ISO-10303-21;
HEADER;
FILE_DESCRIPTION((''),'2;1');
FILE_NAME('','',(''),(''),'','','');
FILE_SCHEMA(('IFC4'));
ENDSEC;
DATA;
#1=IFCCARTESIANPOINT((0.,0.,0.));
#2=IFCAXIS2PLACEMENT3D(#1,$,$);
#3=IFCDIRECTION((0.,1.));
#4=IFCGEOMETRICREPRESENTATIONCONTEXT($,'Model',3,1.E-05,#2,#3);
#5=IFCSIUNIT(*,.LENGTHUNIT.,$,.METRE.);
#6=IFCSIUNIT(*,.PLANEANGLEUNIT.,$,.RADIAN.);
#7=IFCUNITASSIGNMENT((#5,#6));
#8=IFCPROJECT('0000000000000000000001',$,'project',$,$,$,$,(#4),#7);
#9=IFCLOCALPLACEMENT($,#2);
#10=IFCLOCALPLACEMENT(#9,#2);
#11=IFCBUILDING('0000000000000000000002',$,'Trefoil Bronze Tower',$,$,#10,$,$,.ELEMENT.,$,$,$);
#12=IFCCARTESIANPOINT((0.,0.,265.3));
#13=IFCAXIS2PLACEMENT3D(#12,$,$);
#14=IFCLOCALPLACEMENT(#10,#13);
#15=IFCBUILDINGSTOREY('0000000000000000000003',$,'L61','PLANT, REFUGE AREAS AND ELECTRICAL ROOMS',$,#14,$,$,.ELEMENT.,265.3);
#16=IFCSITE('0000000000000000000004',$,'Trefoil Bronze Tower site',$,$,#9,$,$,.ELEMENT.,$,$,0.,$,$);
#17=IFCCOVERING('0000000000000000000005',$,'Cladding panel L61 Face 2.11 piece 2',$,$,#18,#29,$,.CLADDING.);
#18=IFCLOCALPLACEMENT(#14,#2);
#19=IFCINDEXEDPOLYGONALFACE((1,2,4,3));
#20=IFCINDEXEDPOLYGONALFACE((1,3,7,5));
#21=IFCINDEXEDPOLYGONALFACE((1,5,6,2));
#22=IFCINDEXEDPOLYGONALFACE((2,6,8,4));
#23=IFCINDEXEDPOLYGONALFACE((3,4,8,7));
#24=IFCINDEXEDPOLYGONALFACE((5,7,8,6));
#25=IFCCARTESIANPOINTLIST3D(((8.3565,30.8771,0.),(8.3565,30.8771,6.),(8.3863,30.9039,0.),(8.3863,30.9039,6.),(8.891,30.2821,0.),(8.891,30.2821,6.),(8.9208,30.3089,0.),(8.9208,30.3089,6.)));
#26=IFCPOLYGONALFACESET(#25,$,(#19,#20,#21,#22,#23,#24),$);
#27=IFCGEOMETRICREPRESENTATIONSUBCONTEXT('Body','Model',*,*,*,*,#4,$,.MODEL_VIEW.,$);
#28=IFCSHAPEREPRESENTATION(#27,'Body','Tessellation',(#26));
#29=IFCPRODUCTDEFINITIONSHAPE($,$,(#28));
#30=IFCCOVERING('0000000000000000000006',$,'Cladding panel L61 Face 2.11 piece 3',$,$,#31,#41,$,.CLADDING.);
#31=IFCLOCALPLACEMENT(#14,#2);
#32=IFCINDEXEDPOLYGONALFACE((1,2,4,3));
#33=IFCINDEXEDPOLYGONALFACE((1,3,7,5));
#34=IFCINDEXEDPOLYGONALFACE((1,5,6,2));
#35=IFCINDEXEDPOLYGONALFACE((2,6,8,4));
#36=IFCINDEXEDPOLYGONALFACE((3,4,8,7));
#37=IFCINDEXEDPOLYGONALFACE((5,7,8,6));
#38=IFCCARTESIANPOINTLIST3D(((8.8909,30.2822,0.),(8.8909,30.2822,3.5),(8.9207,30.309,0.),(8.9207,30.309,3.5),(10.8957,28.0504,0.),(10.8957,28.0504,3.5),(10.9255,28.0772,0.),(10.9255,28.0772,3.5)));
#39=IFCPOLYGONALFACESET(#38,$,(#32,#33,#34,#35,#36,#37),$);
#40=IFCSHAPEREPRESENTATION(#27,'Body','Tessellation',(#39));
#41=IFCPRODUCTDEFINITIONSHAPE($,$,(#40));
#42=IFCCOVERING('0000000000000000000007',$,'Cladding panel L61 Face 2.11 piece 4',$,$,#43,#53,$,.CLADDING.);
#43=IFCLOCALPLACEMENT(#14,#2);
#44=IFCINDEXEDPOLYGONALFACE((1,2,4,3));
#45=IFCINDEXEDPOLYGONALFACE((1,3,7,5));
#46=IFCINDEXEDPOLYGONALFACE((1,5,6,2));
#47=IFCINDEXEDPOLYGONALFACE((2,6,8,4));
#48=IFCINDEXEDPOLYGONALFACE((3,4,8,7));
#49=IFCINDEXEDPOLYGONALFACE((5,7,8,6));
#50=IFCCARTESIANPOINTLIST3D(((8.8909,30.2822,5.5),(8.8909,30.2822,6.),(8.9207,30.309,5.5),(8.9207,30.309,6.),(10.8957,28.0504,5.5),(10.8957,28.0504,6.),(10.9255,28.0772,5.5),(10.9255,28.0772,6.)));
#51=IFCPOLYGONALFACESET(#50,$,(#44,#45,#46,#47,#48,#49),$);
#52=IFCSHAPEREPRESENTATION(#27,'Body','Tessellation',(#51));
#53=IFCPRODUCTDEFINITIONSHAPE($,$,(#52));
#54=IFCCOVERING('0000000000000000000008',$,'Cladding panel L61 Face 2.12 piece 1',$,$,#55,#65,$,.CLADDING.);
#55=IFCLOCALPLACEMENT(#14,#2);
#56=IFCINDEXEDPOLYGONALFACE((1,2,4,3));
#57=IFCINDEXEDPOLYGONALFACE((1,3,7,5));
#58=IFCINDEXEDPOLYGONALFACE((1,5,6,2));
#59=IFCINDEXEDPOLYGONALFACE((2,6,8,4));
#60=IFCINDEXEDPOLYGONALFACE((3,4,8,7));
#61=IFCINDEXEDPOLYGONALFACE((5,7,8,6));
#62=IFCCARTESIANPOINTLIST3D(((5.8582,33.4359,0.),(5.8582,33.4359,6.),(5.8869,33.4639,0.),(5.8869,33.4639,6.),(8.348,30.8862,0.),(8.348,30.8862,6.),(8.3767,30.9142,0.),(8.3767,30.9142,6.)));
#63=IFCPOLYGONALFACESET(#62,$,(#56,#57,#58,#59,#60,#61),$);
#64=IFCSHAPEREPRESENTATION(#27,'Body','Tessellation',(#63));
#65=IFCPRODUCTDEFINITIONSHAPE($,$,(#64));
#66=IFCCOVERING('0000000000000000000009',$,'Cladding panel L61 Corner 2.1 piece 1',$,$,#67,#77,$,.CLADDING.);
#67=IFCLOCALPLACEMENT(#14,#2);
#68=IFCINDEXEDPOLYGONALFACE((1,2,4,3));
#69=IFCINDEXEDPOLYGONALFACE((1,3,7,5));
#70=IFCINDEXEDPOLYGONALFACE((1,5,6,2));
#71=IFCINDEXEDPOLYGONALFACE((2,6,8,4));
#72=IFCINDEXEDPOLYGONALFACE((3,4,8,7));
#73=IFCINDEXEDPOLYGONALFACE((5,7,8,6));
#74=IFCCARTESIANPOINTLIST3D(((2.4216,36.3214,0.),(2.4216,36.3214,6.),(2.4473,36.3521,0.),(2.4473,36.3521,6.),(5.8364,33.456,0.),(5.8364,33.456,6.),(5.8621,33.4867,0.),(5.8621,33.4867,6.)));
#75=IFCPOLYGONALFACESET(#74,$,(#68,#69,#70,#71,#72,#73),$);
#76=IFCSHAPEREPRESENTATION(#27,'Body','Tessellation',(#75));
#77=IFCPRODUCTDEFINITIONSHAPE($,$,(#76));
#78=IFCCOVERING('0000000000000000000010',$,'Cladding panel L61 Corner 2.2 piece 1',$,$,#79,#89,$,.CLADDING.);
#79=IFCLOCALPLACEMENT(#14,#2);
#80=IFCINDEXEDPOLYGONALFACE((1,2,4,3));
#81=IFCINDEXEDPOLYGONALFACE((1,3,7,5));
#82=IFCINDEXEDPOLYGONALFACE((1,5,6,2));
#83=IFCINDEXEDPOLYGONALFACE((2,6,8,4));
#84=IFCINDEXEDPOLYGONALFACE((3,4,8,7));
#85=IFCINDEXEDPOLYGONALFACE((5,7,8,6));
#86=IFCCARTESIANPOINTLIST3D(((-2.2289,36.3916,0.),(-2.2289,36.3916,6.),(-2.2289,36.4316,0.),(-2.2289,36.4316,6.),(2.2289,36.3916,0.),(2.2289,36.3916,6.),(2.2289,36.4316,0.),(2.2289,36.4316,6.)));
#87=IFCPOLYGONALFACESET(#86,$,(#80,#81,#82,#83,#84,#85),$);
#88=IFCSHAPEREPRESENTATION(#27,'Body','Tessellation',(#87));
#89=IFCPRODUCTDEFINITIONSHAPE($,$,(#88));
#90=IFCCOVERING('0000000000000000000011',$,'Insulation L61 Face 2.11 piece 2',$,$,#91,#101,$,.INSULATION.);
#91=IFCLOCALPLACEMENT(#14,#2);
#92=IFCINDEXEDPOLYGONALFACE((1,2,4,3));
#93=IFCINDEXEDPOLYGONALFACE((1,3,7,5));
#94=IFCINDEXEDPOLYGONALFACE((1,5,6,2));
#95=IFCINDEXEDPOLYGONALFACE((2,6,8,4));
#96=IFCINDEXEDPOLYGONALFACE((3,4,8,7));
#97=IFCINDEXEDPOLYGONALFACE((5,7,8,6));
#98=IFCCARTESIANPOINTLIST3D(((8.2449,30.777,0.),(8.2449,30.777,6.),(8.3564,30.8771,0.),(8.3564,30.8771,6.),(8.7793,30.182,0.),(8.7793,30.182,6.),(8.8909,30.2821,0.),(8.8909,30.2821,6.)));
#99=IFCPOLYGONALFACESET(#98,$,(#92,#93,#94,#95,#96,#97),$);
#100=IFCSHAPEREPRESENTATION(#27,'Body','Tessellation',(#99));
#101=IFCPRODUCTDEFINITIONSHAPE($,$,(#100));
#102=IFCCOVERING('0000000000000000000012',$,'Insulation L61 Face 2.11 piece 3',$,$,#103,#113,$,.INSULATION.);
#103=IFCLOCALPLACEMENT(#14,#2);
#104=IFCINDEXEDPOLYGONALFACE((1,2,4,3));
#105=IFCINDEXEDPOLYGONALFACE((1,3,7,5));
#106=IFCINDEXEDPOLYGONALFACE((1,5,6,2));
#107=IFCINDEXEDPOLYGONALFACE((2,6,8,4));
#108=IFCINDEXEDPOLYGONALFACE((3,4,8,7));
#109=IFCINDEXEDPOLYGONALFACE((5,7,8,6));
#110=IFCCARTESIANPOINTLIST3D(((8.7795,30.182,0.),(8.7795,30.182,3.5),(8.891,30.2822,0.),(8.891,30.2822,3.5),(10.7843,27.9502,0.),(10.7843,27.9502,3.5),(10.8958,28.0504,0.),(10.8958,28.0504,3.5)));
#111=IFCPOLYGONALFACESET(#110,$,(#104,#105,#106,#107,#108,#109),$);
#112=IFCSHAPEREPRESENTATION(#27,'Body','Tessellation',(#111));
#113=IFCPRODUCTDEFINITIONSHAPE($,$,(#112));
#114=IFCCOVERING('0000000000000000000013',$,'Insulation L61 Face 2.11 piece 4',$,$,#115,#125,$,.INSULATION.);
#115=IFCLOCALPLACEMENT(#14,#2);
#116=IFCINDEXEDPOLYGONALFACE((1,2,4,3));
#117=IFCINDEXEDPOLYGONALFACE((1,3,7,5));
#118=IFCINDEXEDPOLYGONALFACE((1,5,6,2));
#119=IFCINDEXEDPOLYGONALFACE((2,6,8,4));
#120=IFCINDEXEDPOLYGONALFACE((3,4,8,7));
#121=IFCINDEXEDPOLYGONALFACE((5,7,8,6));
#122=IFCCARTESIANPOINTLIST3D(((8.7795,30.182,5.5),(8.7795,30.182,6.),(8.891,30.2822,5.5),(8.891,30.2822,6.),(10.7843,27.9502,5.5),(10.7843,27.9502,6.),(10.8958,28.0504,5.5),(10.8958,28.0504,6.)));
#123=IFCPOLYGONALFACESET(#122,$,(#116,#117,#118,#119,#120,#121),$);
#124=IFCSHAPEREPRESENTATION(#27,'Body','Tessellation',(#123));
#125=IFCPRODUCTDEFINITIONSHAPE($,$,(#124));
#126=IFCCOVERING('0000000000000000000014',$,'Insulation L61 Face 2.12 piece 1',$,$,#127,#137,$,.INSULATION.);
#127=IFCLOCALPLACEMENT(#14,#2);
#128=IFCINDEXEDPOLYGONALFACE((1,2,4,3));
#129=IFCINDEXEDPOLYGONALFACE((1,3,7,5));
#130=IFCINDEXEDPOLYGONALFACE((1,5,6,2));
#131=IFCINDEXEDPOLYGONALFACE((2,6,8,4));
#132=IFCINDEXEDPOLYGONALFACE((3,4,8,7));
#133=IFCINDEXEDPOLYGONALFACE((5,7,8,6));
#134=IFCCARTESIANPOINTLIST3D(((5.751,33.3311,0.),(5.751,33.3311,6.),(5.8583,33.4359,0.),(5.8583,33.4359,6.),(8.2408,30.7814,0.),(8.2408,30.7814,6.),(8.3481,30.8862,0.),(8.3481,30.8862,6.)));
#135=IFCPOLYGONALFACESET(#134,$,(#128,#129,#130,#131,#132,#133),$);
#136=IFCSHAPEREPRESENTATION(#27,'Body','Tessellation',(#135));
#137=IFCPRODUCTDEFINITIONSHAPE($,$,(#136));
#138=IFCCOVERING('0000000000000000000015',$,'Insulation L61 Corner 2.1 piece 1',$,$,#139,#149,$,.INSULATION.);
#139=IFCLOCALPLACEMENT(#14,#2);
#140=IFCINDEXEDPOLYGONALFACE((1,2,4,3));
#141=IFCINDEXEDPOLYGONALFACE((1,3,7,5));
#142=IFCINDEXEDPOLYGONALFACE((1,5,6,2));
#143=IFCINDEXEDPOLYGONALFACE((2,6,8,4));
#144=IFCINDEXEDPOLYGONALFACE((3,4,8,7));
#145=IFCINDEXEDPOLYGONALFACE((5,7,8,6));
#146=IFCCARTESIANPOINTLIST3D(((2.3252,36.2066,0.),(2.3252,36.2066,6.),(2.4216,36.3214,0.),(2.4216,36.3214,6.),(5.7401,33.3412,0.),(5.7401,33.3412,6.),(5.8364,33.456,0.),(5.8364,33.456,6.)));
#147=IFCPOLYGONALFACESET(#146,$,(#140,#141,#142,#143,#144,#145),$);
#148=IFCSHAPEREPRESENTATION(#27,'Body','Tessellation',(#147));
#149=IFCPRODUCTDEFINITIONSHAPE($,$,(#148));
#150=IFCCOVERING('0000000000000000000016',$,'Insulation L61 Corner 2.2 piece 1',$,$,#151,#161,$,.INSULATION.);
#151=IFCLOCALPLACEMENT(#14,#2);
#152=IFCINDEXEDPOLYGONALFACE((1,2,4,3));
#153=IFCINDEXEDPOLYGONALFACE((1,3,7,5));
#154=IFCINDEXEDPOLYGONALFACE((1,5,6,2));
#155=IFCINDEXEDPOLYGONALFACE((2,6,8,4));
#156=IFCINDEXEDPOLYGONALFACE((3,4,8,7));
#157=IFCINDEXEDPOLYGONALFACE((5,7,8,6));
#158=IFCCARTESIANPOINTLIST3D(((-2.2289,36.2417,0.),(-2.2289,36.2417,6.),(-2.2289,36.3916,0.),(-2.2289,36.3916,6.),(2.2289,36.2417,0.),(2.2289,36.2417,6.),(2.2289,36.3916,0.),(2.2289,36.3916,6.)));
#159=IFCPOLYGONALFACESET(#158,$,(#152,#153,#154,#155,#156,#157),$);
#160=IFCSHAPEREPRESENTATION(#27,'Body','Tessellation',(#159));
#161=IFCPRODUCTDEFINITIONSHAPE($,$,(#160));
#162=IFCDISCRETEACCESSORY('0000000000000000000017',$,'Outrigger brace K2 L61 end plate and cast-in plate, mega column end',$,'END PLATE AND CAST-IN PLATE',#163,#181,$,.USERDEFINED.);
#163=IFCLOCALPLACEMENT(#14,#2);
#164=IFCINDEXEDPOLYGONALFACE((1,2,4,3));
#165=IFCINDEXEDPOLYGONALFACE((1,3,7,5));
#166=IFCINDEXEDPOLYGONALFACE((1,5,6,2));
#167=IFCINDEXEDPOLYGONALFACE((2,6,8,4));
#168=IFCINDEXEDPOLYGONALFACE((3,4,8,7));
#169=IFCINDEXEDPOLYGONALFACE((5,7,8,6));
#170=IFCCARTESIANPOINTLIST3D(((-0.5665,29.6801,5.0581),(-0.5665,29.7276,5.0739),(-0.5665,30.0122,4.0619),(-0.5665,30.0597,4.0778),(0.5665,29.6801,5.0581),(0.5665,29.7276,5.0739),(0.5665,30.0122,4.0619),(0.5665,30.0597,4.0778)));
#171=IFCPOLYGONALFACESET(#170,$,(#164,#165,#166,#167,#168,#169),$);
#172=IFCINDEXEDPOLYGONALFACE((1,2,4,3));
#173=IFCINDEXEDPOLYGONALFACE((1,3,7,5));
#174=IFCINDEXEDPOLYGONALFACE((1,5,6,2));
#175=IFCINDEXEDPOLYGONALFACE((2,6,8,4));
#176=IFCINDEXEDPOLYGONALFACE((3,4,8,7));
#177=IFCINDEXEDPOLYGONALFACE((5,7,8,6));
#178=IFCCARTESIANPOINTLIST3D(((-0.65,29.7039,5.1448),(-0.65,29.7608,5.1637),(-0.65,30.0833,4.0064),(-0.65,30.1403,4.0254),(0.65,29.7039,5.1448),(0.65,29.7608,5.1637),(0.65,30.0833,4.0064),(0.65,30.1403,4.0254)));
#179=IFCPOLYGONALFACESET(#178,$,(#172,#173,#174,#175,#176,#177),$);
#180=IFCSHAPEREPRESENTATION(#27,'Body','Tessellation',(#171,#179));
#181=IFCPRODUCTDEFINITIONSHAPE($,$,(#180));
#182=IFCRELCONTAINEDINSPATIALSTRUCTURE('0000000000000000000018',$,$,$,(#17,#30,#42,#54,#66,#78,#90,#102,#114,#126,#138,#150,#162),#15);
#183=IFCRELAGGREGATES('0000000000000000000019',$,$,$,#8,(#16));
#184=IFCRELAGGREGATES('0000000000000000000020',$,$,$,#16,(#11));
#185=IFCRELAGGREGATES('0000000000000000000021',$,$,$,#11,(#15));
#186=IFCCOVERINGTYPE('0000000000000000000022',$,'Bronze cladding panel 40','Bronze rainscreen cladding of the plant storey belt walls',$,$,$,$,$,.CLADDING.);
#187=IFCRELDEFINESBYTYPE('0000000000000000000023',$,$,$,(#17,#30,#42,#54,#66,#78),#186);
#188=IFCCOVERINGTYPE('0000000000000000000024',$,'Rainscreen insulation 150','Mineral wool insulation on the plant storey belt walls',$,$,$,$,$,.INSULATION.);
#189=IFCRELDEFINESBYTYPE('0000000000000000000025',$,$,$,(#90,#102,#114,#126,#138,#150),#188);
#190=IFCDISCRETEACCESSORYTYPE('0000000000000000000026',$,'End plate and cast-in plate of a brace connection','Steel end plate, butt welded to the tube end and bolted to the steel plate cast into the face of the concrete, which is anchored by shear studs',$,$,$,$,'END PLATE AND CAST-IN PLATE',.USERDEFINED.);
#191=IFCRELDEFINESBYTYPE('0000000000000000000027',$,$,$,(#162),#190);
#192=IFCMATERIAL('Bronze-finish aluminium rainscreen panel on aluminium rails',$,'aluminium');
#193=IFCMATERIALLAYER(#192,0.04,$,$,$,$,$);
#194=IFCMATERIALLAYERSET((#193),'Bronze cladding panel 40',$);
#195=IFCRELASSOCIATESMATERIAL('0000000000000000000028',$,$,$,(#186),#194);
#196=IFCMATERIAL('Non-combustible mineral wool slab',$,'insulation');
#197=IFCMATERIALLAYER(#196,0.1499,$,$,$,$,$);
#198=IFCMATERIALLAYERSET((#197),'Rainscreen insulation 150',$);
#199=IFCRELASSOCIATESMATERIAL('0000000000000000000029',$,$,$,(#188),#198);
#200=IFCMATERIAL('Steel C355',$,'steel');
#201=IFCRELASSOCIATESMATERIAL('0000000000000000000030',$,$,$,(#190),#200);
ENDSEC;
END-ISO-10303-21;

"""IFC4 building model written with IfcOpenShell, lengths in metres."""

from ifc_helpers import new_model, si_unit, direction, frame, origin, origin_2d, place, context, subcontext, project, spatial, rectangle, extrude, material, layer, layer_set, type_object, element, save


model = new_model("IFC4")

# Units and contexts
model_context = context("Model", 3, precision=1e-05, world=origin(), true_north=direction((0.0, 1.0)))
body_context = subcontext(model_context, "Body", "Model", "MODEL_VIEW")
ifc_project = project(units=[si_unit("LENGTHUNIT", "METRE"), si_unit("PLANEANGLEUNIT", "RADIAN")], contexts=[model_context])

# Site, building, storey
site_placement = place(None, origin())
site = spatial("IfcSite", under=ifc_project, at=site_placement, Name="Trefoil Bronze Tower site", CompositionType="ELEMENT", RefElevation=0.0)
building_placement = place(site_placement, origin())
building = spatial("IfcBuilding", under=site, at=building_placement, Name="Trefoil Bronze Tower", CompositionType="ELEMENT")
storey_placement = place(building_placement, frame((0.0, 0.0, 265.3)))
storey = spatial("IfcBuildingStorey", under=building, at=storey_placement, Name="L61", Description="PLANT, REFUGE AREAS AND ELECTRICAL ROOMS", CompositionType="ELEMENT", Elevation=265.3)

# Coverings
ifc_material_1 = material(Name="Bronze-finish aluminium rainscreen panel on aluminium rails", Category="aluminium")
ifc_layer_1 = layer(ifc_material_1, 0.04)
ifc_layer_set_1 = layer_set([ifc_layer_1], Name="Bronze cladding panel 40")
covering_type_1 = type_object("IfcCoveringType", Name="Bronze cladding panel 40", Description="Bronze rainscreen cladding of the plant storey belt walls", PredefinedType="CLADDING", material=ifc_layer_set_1)
covering_1_placement = place(storey_placement, frame((8.6387, 30.593, 0.0), z_axis=(0.0, 0.0, 1.0), x_axis=(-0.668246, 0.743941, 0.0)))
element("IfcCovering", 1, at=covering_1_placement, inside=storey, type_object=covering_type_1, Name="Cladding panel L61 Face 2.11 piece 2", PredefinedType="CLADDING", context=body_context, shape_type="SweptSolid", body=[
    extrude(rectangle(XDim=0.7998, YDim=0.04, at=origin_2d()), origin(), (0.0, 0.0, 1.0), 6.0),
])
covering_2_placement = place(storey_placement, frame((9.9082, 29.1797, 0.0), z_axis=(0.0, 0.0, 1.0), x_axis=(-0.668246, 0.743941, 0.0)))
element("IfcCovering", 2, at=covering_2_placement, inside=storey, type_object=covering_type_1, Name="Cladding panel L61 Face 2.11 piece 3", PredefinedType="CLADDING", context=body_context, shape_type="SweptSolid", body=[
    extrude(rectangle(XDim=3.0, YDim=0.04, at=origin_2d()), origin(), (0.0, 0.0, 1.0), 3.5),
])
covering_3_placement = place(storey_placement, frame((9.9082, 29.1797, 5.5), z_axis=(0.0, 0.0, 1.0), x_axis=(-0.668246, 0.743941, 0.0)))
element("IfcCovering", 3, at=covering_3_placement, inside=storey, type_object=covering_type_1, Name="Cladding panel L61 Face 2.11 piece 4", PredefinedType="CLADDING", context=body_context, shape_type="SweptSolid", body=[
    extrude(rectangle(XDim=3.0, YDim=0.04, at=origin_2d()), origin(), (0.0, 0.0, 1.0), 0.5),
])
covering_4_placement = place(storey_placement, frame((7.1174, 32.175, 0.0), z_axis=(0.0, 0.0, 1.0), x_axis=(-0.698652, 0.715462, 0.0)))
element("IfcCovering", 4, at=covering_4_placement, inside=storey, type_object=covering_type_1, Name="Cladding panel L61 Face 2.12 piece 1", PredefinedType="CLADDING", context=body_context, shape_type="SweptSolid", body=[
    extrude(rectangle(XDim=3.5637, YDim=0.04, at=origin_2d()), origin(), (0.0, 0.0, 1.0), 6.0),
])
for number, where, z_axis, x_axis, name in (
    (5, (4.1418, 34.9041, 0.0), (0.0, 0.0, 1.0), (-0.766044, 0.642788, 0.0), "Cladding panel L61 Corner 2.1 piece 1"),
    (6, (0.0, 36.4116, 0.0), (0.0, 0.0, 1.0), (-1.0, 0.0, 0.0), "Cladding panel L61 Corner 2.2 piece 1"),
):
    element("IfcCovering", number, at=place(storey_placement, frame(where, z_axis=z_axis, x_axis=x_axis)), inside=storey, type_object=covering_type_1, Name=name, PredefinedType="CLADDING", context=body_context, shape_type="SweptSolid", body=[
        extrude(rectangle(XDim=4.4578, YDim=0.04, at=origin_2d()), origin(), (0.0, 0.0, 1.0), 6.0),
    ])
ifc_material_2 = material(Name="Non-combustible mineral wool slab", Category="insulation")
ifc_layer_2 = layer(ifc_material_2, 0.1499)
ifc_layer_set_2 = layer_set([ifc_layer_2], Name="Rainscreen insulation 150")
covering_type_2 = type_object("IfcCoveringType", Name="Rainscreen insulation 150", Description="Mineral wool insulation on the plant storey belt walls", PredefinedType="INSULATION", material=ifc_layer_set_2)
covering_5_placement = place(storey_placement, frame((8.5679, 30.5295, 0.0), z_axis=(0.0, 0.0, 1.0), x_axis=(-0.668246, 0.743941, 0.0)))
element("IfcCovering", 7, at=covering_5_placement, inside=storey, type_object=covering_type_2, Name="Insulation L61 Face 2.11 piece 2", PredefinedType="INSULATION", context=body_context, shape_type="SweptSolid", body=[
    extrude(rectangle(XDim=0.7998, YDim=0.1499, at=origin_2d()), origin(), (0.0, 0.0, 1.0), 6.0),
])
covering_6_placement = place(storey_placement, frame((9.8376, 29.1162, 0.0), z_axis=(0.0, 0.0, 1.0), x_axis=(-0.668246, 0.743941, 0.0)))
element("IfcCovering", 8, at=covering_6_placement, inside=storey, type_object=covering_type_2, Name="Insulation L61 Face 2.11 piece 3", PredefinedType="INSULATION", context=body_context, shape_type="SweptSolid", body=[
    extrude(rectangle(XDim=3.0, YDim=0.1499, at=origin_2d()), origin(), (0.0, 0.0, 1.0), 3.5),
])
covering_7_placement = place(storey_placement, frame((9.8376, 29.1162, 5.5), z_axis=(0.0, 0.0, 1.0), x_axis=(-0.668246, 0.743941, 0.0)))
element("IfcCovering", 9, at=covering_7_placement, inside=storey, type_object=covering_type_2, Name="Insulation L61 Face 2.11 piece 4", PredefinedType="INSULATION", context=body_context, shape_type="SweptSolid", body=[
    extrude(rectangle(XDim=3.0, YDim=0.1499, at=origin_2d()), origin(), (0.0, 0.0, 1.0), 0.5),
])
covering_8_placement = place(storey_placement, frame((7.0496, 32.1086, 0.0), z_axis=(0.0, 0.0, 1.0), x_axis=(-0.698652, 0.715462, 0.0)))
element("IfcCovering", 10, at=covering_8_placement, inside=storey, type_object=covering_type_2, Name="Insulation L61 Face 2.12 piece 1", PredefinedType="INSULATION", context=body_context, shape_type="SweptSolid", body=[
    extrude(rectangle(XDim=3.5637, YDim=0.1499, at=origin_2d()), origin(), (0.0, 0.0, 1.0), 6.0),
])
for number, where, z_axis, x_axis, name in (
    (11, (4.0808, 34.8313, 0.0), (0.0, 0.0, 1.0), (-0.766044, 0.642788, 0.0), "Insulation L61 Corner 2.1 piece 1"),
    (12, (0.0, 36.3167, 0.0), (0.0, 0.0, 1.0), (-1.0, 0.0, 0.0), "Insulation L61 Corner 2.2 piece 1"),
):
    element("IfcCovering", number, at=place(storey_placement, frame(where, z_axis=z_axis, x_axis=x_axis)), inside=storey, type_object=covering_type_2, Name=name, PredefinedType="INSULATION", context=body_context, shape_type="SweptSolid", body=[
        extrude(rectangle(XDim=4.4578, YDim=0.1499, at=origin_2d()), origin(), (0.0, 0.0, 1.0), 6.0),
    ])

# Discrete accessory
ifc_material_3 = material(Name="Steel C355", Category="steel")
discrete_accessory_type = type_object("IfcDiscreteAccessoryType", Name="End plate and cast-in plate of a brace connection", Description="Steel end plate, butt welded to the tube end and bolted to the steel plate cast into the face of the concrete, which is anchored by shear studs", ElementType="END PLATE AND CAST-IN PLATE", PredefinedType="USERDEFINED", material=ifc_material_3)
discrete_accessory_placement = place(storey_placement, frame((0.0, 29.8936, 4.5757), z_axis=(0.0, -0.316228, 0.948683), x_axis=(0.0, -0.948683, -0.316228)))
element("IfcDiscreteAccessory", 13, at=discrete_accessory_placement, inside=storey, type_object=discrete_accessory_type, Name="Outrigger brace K2 L61 end plate and cast-in plate, mega column end", ObjectType="END PLATE AND CAST-IN PLATE", PredefinedType="USERDEFINED", context=body_context, shape_type="SweptSolid", body=[
    extrude(rectangle(XDim=0.05, YDim=1.1331, at=origin_2d()), frame((0.0249, 0.0, -0.5249)), (0.0, 0.0, 1.0), 1.05),
    extrude(rectangle(XDim=0.0601, YDim=1.3, at=origin_2d()), frame((-0.03, 0.0, -0.6001)), (0.0, 0.0, 1.0), 1.2),
])

save(model, "model.ifc")
